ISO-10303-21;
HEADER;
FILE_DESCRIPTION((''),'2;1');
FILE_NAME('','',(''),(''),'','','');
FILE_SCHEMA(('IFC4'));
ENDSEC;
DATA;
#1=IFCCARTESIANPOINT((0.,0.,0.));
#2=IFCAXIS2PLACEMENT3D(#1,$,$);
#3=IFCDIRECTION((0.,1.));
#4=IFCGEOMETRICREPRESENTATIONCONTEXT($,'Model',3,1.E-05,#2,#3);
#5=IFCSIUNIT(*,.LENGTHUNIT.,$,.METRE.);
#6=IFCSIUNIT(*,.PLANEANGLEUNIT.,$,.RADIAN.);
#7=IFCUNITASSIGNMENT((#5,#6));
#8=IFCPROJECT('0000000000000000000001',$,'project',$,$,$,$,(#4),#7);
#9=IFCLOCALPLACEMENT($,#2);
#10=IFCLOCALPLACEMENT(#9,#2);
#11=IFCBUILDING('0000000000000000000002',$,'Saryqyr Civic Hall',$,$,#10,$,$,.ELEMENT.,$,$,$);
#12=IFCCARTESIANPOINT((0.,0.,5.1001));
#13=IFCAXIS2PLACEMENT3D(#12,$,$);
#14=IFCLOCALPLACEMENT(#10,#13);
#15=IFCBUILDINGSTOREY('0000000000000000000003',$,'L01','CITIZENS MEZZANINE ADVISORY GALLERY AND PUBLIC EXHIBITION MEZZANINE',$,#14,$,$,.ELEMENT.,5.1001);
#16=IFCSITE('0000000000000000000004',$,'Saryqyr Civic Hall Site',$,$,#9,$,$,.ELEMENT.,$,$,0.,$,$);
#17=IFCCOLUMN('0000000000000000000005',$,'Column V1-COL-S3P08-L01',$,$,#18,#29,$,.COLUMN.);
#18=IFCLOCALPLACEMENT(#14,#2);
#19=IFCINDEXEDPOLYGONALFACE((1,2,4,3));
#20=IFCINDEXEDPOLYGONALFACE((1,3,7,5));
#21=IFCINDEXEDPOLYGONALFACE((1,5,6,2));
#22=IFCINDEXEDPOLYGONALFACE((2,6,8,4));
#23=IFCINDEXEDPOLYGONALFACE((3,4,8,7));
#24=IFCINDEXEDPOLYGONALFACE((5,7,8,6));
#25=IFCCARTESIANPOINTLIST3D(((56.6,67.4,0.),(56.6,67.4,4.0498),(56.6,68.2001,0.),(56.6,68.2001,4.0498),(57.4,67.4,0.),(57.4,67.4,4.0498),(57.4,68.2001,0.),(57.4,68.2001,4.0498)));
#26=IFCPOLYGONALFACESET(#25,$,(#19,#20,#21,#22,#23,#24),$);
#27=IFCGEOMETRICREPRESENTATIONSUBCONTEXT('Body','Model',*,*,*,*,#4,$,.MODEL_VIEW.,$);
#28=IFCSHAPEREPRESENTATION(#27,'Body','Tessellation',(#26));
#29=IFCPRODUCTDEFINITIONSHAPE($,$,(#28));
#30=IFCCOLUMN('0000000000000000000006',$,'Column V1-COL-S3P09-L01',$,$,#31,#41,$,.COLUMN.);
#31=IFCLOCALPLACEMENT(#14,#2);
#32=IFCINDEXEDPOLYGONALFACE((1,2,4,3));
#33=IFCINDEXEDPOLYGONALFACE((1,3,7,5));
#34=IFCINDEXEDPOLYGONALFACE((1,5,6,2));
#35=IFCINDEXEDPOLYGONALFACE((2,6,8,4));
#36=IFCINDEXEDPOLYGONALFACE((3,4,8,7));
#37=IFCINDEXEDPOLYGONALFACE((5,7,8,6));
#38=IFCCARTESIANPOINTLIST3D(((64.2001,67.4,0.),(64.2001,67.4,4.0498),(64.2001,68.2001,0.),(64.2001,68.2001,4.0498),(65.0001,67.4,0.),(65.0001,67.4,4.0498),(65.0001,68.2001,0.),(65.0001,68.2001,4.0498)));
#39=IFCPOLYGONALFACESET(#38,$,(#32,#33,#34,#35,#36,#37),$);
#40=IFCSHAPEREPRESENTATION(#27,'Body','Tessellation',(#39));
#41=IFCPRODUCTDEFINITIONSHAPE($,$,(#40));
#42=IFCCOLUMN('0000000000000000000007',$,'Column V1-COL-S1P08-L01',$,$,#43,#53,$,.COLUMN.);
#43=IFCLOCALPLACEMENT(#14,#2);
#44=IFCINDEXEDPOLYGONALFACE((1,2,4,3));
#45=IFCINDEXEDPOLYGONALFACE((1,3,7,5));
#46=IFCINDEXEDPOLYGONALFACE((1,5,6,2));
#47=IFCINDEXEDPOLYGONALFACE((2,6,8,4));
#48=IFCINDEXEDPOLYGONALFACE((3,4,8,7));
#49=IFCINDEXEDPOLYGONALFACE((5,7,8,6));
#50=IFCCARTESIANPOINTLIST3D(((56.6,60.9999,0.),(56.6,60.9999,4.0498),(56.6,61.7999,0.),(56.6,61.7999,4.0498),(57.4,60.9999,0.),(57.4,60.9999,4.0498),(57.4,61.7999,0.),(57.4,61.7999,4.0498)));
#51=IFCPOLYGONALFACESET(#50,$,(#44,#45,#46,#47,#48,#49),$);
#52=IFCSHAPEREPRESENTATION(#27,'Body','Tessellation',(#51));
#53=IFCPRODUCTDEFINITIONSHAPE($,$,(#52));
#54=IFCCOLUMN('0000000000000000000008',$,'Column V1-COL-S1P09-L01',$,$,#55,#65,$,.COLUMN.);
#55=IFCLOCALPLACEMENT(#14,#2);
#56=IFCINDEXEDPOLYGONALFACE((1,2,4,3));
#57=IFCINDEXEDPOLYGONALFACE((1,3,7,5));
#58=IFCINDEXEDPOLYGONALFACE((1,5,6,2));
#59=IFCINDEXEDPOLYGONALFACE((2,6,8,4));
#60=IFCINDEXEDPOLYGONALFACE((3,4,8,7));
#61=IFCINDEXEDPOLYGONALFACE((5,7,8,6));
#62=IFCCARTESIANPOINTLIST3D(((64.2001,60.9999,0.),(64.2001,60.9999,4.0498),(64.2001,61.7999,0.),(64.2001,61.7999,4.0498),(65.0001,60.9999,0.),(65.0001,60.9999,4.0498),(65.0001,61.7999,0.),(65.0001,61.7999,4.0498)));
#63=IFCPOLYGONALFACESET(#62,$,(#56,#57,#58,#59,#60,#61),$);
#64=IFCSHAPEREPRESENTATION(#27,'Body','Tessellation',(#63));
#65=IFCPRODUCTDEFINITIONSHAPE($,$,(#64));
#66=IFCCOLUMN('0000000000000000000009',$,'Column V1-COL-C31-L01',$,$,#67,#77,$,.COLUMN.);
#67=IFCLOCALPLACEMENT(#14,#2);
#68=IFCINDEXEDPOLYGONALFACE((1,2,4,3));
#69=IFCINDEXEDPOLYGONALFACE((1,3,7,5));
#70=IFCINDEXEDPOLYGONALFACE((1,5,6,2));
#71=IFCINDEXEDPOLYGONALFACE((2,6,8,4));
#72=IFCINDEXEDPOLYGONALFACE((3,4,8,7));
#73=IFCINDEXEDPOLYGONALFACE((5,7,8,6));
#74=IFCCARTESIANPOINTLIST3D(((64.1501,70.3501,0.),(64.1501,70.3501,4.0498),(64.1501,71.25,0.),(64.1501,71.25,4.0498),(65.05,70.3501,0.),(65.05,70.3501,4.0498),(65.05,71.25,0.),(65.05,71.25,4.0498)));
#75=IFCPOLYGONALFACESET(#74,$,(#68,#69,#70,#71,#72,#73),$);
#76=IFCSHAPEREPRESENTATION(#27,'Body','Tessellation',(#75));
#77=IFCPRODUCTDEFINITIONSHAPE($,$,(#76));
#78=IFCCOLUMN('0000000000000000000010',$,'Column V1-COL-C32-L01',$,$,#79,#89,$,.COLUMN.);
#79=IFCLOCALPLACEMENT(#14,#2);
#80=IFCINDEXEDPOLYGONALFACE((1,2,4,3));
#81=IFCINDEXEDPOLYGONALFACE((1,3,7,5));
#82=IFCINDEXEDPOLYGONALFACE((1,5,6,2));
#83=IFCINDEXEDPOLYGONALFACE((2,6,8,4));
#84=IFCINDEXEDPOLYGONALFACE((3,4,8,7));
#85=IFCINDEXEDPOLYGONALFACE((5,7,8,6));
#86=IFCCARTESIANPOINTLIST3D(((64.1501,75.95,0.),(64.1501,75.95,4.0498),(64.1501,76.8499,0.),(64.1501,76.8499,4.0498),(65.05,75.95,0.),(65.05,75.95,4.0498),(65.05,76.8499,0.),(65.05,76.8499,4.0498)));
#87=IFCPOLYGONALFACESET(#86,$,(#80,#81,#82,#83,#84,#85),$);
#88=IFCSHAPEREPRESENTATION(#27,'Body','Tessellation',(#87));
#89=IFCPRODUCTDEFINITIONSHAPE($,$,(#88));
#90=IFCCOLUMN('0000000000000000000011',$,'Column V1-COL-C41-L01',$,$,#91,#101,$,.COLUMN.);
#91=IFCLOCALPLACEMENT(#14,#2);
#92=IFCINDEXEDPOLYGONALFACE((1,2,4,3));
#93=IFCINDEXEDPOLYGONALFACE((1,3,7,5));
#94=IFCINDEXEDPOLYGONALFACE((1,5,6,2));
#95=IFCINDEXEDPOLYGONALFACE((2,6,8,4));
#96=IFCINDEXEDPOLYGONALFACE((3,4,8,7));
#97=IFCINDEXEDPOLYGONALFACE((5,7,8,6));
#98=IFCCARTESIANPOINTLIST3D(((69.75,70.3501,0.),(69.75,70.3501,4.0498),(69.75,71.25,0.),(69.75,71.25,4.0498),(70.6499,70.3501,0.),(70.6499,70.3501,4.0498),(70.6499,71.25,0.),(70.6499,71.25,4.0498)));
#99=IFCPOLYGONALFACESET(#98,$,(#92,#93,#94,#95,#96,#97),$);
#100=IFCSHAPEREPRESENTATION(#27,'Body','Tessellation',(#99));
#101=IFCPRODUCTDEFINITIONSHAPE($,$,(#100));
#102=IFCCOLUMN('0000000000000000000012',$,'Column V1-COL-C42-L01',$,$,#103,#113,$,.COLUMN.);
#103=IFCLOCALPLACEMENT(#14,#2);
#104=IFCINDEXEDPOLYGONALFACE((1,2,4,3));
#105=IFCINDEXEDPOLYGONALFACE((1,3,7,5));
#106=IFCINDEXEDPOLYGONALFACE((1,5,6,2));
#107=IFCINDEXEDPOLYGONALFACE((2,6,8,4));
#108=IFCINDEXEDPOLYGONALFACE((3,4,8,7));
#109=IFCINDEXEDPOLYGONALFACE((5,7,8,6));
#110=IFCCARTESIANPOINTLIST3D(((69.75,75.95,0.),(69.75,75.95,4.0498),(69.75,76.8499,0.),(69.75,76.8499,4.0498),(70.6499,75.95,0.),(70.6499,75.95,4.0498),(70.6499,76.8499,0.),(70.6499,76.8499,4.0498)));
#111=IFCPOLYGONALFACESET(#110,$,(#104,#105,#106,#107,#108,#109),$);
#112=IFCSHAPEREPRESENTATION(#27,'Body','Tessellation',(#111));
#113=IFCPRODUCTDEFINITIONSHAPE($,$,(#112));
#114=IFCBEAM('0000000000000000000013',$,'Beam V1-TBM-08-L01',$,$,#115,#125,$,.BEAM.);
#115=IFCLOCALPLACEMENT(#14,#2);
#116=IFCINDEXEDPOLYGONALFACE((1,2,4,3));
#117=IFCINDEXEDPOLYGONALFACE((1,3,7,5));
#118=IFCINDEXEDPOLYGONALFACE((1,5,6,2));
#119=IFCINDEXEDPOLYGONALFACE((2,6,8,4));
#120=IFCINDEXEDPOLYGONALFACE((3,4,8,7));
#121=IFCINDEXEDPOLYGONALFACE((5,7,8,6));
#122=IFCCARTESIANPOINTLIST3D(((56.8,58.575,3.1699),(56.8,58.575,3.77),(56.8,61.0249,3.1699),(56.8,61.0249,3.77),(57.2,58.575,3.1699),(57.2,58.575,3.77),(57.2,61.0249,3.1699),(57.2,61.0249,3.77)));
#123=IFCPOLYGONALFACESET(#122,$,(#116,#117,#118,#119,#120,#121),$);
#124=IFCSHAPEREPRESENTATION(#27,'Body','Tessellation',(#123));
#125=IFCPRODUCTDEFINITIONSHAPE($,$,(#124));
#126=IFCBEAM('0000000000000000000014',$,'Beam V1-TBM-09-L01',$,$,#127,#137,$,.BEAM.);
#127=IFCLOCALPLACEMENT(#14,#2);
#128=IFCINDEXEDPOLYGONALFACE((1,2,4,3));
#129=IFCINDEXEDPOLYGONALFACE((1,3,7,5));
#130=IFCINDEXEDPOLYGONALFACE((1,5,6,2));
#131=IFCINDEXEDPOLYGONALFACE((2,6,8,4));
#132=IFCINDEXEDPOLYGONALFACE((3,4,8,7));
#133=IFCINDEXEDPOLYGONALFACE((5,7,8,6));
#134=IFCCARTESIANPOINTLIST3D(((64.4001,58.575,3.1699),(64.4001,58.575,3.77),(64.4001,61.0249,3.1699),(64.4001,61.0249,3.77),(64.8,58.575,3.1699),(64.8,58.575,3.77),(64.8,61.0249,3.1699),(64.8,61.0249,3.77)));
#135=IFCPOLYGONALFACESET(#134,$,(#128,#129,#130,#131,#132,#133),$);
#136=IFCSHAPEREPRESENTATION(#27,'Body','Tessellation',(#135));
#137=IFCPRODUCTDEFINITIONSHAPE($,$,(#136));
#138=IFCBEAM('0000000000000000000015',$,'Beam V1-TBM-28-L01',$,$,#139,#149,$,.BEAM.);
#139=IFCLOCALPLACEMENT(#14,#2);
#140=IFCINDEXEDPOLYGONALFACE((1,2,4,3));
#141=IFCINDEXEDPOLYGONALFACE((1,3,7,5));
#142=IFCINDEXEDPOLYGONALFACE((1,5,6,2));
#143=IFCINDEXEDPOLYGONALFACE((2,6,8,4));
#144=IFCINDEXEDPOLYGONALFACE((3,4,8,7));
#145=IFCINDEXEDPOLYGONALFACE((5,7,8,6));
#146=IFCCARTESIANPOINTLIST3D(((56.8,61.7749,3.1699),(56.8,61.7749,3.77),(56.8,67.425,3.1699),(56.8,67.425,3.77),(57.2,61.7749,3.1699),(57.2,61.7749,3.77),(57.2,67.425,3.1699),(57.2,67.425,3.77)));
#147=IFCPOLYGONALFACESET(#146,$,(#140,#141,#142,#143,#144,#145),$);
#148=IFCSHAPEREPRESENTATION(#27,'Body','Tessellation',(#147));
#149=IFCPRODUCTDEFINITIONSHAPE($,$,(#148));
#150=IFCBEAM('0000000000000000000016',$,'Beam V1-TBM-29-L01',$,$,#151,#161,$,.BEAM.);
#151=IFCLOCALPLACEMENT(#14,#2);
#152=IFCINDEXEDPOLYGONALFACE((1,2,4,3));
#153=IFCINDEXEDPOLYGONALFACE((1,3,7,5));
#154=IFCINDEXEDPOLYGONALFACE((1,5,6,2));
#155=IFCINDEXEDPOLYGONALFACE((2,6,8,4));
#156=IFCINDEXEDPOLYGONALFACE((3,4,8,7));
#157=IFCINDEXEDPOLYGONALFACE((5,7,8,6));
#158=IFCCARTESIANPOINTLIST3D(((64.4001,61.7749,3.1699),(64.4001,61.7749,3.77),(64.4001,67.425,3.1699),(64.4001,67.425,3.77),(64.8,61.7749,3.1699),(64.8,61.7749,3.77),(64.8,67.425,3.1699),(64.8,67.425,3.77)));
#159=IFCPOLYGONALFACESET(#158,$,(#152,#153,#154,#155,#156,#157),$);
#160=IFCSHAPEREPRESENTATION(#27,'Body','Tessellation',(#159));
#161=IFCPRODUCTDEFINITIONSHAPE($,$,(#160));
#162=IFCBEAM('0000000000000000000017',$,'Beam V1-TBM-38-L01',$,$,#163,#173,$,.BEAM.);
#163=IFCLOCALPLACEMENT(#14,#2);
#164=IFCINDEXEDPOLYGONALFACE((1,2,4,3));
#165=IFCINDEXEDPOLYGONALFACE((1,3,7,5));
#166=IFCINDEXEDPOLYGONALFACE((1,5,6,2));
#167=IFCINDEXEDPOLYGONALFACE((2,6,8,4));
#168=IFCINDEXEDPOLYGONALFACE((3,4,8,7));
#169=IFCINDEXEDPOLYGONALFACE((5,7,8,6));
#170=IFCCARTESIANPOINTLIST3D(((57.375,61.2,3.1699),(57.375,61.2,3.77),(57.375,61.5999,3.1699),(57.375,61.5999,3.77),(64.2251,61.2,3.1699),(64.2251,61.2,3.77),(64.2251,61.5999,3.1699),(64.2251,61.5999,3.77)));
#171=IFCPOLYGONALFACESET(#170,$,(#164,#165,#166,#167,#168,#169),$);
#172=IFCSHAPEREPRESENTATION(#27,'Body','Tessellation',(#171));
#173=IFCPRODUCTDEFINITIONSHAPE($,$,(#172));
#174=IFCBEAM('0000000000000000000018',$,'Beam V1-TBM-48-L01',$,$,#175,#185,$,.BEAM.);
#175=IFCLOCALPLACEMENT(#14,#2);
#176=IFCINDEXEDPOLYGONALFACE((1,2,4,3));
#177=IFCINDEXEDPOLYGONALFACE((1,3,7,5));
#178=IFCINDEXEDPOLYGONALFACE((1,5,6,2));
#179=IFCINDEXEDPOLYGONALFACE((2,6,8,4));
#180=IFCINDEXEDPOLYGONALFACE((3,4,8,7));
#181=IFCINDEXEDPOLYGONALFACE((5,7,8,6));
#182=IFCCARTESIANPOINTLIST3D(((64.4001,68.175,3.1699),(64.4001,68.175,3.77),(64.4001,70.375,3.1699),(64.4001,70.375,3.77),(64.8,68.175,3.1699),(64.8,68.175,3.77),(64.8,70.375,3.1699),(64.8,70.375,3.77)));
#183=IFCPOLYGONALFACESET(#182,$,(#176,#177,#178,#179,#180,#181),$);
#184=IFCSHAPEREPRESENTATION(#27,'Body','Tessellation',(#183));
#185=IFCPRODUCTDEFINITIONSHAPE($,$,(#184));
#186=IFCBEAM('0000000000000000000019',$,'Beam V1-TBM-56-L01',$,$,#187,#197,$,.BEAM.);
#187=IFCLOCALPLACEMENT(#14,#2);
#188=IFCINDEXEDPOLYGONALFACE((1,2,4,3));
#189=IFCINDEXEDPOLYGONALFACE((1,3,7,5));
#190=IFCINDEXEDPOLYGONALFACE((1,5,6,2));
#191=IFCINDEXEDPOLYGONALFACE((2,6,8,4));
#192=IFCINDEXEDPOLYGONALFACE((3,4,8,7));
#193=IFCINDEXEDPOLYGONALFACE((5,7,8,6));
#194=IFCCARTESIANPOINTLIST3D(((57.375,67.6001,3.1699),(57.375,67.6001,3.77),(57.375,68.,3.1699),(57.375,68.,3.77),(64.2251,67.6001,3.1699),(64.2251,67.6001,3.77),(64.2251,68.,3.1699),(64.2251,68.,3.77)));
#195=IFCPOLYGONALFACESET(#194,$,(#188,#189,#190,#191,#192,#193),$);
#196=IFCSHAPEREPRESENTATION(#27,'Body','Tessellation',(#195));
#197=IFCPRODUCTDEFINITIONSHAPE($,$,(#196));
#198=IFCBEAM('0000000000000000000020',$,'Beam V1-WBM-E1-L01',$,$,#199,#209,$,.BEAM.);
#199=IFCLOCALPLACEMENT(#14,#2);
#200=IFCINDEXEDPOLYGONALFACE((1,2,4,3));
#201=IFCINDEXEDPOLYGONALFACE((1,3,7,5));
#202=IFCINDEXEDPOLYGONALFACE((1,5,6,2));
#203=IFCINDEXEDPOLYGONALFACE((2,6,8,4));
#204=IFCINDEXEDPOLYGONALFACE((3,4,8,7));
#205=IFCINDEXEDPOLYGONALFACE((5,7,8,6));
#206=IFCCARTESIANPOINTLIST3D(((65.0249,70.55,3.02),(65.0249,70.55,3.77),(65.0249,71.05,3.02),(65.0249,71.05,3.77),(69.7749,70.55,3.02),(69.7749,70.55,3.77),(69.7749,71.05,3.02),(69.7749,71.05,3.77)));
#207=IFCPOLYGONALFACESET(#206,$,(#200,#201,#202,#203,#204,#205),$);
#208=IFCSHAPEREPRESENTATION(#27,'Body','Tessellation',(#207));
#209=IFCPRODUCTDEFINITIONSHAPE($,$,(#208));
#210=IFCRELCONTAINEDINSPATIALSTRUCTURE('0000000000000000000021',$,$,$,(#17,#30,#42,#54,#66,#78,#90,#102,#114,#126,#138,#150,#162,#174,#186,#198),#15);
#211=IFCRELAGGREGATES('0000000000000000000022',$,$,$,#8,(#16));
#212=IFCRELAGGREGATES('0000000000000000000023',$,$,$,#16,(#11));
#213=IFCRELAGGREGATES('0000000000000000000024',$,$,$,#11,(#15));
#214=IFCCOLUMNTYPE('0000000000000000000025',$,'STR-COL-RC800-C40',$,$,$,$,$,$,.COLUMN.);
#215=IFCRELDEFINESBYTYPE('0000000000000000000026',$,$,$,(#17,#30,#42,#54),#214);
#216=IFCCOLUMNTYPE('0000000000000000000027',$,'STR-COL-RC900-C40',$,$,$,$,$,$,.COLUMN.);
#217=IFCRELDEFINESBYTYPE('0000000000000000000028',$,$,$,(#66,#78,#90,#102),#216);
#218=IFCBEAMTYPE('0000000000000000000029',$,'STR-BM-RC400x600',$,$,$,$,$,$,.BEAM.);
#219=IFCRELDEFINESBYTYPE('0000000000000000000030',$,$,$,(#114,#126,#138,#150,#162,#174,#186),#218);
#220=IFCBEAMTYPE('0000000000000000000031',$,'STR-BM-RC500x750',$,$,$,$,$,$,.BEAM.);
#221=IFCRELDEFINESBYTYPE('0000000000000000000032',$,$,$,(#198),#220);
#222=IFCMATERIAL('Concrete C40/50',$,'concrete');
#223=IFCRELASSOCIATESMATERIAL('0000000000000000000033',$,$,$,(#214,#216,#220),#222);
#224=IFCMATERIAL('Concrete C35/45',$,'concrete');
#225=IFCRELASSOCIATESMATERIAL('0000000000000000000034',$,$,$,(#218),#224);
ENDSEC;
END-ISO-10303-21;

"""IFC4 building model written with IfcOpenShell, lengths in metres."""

from ifc_helpers import new_model, si_unit, direction, frame, origin, origin_2d, place, context, subcontext, project, spatial, rectangle, extrude, material, material_profile, profile_set, type_object, element, save


model = new_model("IFC4")

# Units and contexts
model_context = context("Model", 3, precision=1e-05, world=origin(), true_north=direction((0.0, 1.0)))
body_context = subcontext(model_context, "Body", "Model", "MODEL_VIEW")
ifc_project = project(units=[si_unit("LENGTHUNIT", "METRE"), si_unit("PLANEANGLEUNIT", "RADIAN")], contexts=[model_context])

# Site, building, storey
site_placement = place(None, origin())
site = spatial("IfcSite", under=ifc_project, at=site_placement, Name="Saryqyr Civic Hall Site", CompositionType="ELEMENT", RefElevation=0.0)
building_placement = place(site_placement, origin())
building = spatial("IfcBuilding", under=site, at=building_placement, Name="Saryqyr Civic Hall", CompositionType="ELEMENT")
storey_placement = place(building_placement, frame((0.0, 0.0, 5.1001)))
storey = spatial("IfcBuildingStorey", under=building, at=storey_placement, Name="L01", Description="CITIZENS MEZZANINE ADVISORY GALLERY AND PUBLIC EXHIBITION MEZZANINE", CompositionType="ELEMENT", Elevation=5.1001)

# Columns
ifc_material_1 = material(Name="Concrete C40/50", Category="concrete")
ifc_material_profile_1 = material_profile(ifc_material_1, rectangle(XDim=0.8, YDim=0.8, at=origin_2d()), Name="RC 800x800")
ifc_profile_set_1 = profile_set([ifc_material_profile_1], Name="Concrete C40/50")
column_type_1 = type_object("IfcColumnType", Name="STR-COL-RC800-C40", PredefinedType="COLUMN", material=ifc_profile_set_1)
for number, where, z_axis, x_axis, name in (
    (1, (57.0, 67.8, 0.0), (0.0, 0.0, 1.0), (1.0, 0.0, 0.0), "Column V1-COL-S3P08-L01"),
    (2, (64.6001, 67.8, 0.0), (0.0, 0.0, 1.0), (1.0, 0.0, 0.0), "Column V1-COL-S3P09-L01"),
    (3, (57.0, 61.3999, 0.0), (0.0, 0.0, 1.0), (1.0, 0.0, 0.0), "Column V1-COL-S1P08-L01"),
    (4, (64.6001, 61.3999, 0.0), (0.0, 0.0, 1.0), (1.0, 0.0, 0.0), "Column V1-COL-S1P09-L01"),
):
    element("IfcColumn", number, at=place(storey_placement, frame(where, z_axis=z_axis, x_axis=x_axis)), inside=storey, type_object=column_type_1, Name=name, PredefinedType="COLUMN", context=body_context, shape_type="SweptSolid", body=[
        extrude(rectangle(XDim=0.8, YDim=0.8, at=origin_2d()), origin(), (0.0, 0.0, 1.0), 4.0498),
    ])
ifc_material_profile_2 = material_profile(ifc_material_1, rectangle(XDim=0.8999, YDim=0.8999, at=origin_2d()), Name="RC 900x900")
ifc_profile_set_2 = profile_set([ifc_material_profile_2], Name="Concrete C40/50")
column_type_2 = type_object("IfcColumnType", Name="STR-COL-RC900-C40", PredefinedType="COLUMN", material=ifc_profile_set_2)
for number, where, z_axis, x_axis, name in (
    (5, (64.6001, 70.8, 0.0), (0.0, 0.0, 1.0), (1.0, 0.0, 0.0), "Column V1-COL-C31-L01"),
    (6, (64.6001, 76.3999, 0.0), (0.0, 0.0, 1.0), (1.0, 0.0, 0.0), "Column V1-COL-C32-L01"),
    (7, (70.2, 70.8, 0.0), (0.0, 0.0, 1.0), (1.0, 0.0, 0.0), "Column V1-COL-C41-L01"),
    (8, (70.2, 76.3999, 0.0), (0.0, 0.0, 1.0), (1.0, 0.0, 0.0), "Column V1-COL-C42-L01"),
):
    element("IfcColumn", number, at=place(storey_placement, frame(where, z_axis=z_axis, x_axis=x_axis)), inside=storey, type_object=column_type_2, Name=name, PredefinedType="COLUMN", context=body_context, shape_type="SweptSolid", body=[
        extrude(rectangle(XDim=0.8999, YDim=0.8999, at=origin_2d()), origin(), (0.0, 0.0, 1.0), 4.0498),
    ])

# Beams
ifc_material_2 = material(Name="Concrete C35/45", Category="concrete")
ifc_material_profile_3 = material_profile(ifc_material_2, rectangle(XDim=0.3999, YDim=0.6001, at=origin_2d()), Name="RC 400x600")
ifc_profile_set_3 = profile_set([ifc_material_profile_3], Name="Concrete C35/45")
beam_type_1 = type_object("IfcBeamType", Name="STR-BM-RC400x600", PredefinedType="BEAM", material=ifc_profile_set_3)
for number, where, z_axis, x_axis, name in (
    (9, (57.0, 58.575, 3.47), (0.0, 1.0, 0.0), (-1.0, 0.0, 0.0), "Beam V1-TBM-08-L01"),
    (10, (64.6001, 58.575, 3.47), (0.0, 1.0, 0.0), (-1.0, 0.0, 0.0), "Beam V1-TBM-09-L01"),
):
    element("IfcBeam", number, at=place(storey_placement, frame(where, z_axis=z_axis, x_axis=x_axis)), inside=storey, type_object=beam_type_1, Name=name, PredefinedType="BEAM", context=body_context, shape_type="SweptSolid", body=[
        extrude(rectangle(XDim=0.3999, YDim=0.6001, at=origin_2d()), origin(), (0.0, 0.0, 1.0), 2.45),
    ])
for number, where, z_axis, x_axis, name in (
    (11, (57.0, 61.7749, 3.47), (0.0, 1.0, 0.0), (-1.0, 0.0, 0.0), "Beam V1-TBM-28-L01"),
    (12, (64.6001, 61.7749, 3.47), (0.0, 1.0, 0.0), (-1.0, 0.0, 0.0), "Beam V1-TBM-29-L01"),
):
    element("IfcBeam", number, at=place(storey_placement, frame(where, z_axis=z_axis, x_axis=x_axis)), inside=storey, type_object=beam_type_1, Name=name, PredefinedType="BEAM", context=body_context, shape_type="SweptSolid", body=[
        extrude(rectangle(XDim=0.3999, YDim=0.6001, at=origin_2d()), origin(), (0.0, 0.0, 1.0), 5.6501),
    ])
beam_1_placement = place(storey_placement, frame((57.375, 61.3999, 3.47), z_axis=(1.0, 0.0, 0.0), x_axis=(0.0, 1.0, 0.0)))
element("IfcBeam", 13, at=beam_1_placement, inside=storey, type_object=beam_type_1, Name="Beam V1-TBM-38-L01", PredefinedType="BEAM", context=body_context, shape_type="SweptSolid", body=[
    extrude(rectangle(XDim=0.3999, YDim=0.6001, at=origin_2d()), origin(), (0.0, 0.0, 1.0), 6.8501),
])
beam_2_placement = place(storey_placement, frame((64.6001, 68.175, 3.47), z_axis=(0.0, 1.0, 0.0), x_axis=(-1.0, 0.0, 0.0)))
element("IfcBeam", 14, at=beam_2_placement, inside=storey, type_object=beam_type_1, Name="Beam V1-TBM-48-L01", PredefinedType="BEAM", context=body_context, shape_type="SweptSolid", body=[
    extrude(rectangle(XDim=0.3999, YDim=0.6001, at=origin_2d()), origin(), (0.0, 0.0, 1.0), 2.2),
])
beam_3_placement = place(storey_placement, frame((57.375, 67.8, 3.47), z_axis=(1.0, 0.0, 0.0), x_axis=(0.0, 1.0, 0.0)))
element("IfcBeam", 15, at=beam_3_placement, inside=storey, type_object=beam_type_1, Name="Beam V1-TBM-56-L01", PredefinedType="BEAM", context=body_context, shape_type="SweptSolid", body=[
    extrude(rectangle(XDim=0.3999, YDim=0.6001, at=origin_2d()), origin(), (0.0, 0.0, 1.0), 6.8501),
])
ifc_material_profile_4 = material_profile(ifc_material_1, rectangle(XDim=0.5, YDim=0.75, at=origin_2d()), Name="RC 500x750")
ifc_profile_set_4 = profile_set([ifc_material_profile_4], Name="Concrete C40/50")
beam_type_2 = type_object("IfcBeamType", Name="STR-BM-RC500x750", PredefinedType="BEAM", material=ifc_profile_set_4)
for number, where, z_axis, x_axis, name in (
    (16, (65.0249, 70.8, 3.395), (1.0, 0.0, 0.0), (0.0, 1.0, 0.0), "Beam V1-WBM-E1-L01"),
):
    element("IfcBeam", number, at=place(storey_placement, frame(where, z_axis=z_axis, x_axis=x_axis)), inside=storey, type_object=beam_type_2, Name=name, PredefinedType="BEAM", context=body_context, shape_type="SweptSolid", body=[
        extrude(rectangle(XDim=0.5, YDim=0.75, at=origin_2d()), origin(), (0.0, 0.0, 1.0), 4.75),
    ])

save(model, "model.ifc")
